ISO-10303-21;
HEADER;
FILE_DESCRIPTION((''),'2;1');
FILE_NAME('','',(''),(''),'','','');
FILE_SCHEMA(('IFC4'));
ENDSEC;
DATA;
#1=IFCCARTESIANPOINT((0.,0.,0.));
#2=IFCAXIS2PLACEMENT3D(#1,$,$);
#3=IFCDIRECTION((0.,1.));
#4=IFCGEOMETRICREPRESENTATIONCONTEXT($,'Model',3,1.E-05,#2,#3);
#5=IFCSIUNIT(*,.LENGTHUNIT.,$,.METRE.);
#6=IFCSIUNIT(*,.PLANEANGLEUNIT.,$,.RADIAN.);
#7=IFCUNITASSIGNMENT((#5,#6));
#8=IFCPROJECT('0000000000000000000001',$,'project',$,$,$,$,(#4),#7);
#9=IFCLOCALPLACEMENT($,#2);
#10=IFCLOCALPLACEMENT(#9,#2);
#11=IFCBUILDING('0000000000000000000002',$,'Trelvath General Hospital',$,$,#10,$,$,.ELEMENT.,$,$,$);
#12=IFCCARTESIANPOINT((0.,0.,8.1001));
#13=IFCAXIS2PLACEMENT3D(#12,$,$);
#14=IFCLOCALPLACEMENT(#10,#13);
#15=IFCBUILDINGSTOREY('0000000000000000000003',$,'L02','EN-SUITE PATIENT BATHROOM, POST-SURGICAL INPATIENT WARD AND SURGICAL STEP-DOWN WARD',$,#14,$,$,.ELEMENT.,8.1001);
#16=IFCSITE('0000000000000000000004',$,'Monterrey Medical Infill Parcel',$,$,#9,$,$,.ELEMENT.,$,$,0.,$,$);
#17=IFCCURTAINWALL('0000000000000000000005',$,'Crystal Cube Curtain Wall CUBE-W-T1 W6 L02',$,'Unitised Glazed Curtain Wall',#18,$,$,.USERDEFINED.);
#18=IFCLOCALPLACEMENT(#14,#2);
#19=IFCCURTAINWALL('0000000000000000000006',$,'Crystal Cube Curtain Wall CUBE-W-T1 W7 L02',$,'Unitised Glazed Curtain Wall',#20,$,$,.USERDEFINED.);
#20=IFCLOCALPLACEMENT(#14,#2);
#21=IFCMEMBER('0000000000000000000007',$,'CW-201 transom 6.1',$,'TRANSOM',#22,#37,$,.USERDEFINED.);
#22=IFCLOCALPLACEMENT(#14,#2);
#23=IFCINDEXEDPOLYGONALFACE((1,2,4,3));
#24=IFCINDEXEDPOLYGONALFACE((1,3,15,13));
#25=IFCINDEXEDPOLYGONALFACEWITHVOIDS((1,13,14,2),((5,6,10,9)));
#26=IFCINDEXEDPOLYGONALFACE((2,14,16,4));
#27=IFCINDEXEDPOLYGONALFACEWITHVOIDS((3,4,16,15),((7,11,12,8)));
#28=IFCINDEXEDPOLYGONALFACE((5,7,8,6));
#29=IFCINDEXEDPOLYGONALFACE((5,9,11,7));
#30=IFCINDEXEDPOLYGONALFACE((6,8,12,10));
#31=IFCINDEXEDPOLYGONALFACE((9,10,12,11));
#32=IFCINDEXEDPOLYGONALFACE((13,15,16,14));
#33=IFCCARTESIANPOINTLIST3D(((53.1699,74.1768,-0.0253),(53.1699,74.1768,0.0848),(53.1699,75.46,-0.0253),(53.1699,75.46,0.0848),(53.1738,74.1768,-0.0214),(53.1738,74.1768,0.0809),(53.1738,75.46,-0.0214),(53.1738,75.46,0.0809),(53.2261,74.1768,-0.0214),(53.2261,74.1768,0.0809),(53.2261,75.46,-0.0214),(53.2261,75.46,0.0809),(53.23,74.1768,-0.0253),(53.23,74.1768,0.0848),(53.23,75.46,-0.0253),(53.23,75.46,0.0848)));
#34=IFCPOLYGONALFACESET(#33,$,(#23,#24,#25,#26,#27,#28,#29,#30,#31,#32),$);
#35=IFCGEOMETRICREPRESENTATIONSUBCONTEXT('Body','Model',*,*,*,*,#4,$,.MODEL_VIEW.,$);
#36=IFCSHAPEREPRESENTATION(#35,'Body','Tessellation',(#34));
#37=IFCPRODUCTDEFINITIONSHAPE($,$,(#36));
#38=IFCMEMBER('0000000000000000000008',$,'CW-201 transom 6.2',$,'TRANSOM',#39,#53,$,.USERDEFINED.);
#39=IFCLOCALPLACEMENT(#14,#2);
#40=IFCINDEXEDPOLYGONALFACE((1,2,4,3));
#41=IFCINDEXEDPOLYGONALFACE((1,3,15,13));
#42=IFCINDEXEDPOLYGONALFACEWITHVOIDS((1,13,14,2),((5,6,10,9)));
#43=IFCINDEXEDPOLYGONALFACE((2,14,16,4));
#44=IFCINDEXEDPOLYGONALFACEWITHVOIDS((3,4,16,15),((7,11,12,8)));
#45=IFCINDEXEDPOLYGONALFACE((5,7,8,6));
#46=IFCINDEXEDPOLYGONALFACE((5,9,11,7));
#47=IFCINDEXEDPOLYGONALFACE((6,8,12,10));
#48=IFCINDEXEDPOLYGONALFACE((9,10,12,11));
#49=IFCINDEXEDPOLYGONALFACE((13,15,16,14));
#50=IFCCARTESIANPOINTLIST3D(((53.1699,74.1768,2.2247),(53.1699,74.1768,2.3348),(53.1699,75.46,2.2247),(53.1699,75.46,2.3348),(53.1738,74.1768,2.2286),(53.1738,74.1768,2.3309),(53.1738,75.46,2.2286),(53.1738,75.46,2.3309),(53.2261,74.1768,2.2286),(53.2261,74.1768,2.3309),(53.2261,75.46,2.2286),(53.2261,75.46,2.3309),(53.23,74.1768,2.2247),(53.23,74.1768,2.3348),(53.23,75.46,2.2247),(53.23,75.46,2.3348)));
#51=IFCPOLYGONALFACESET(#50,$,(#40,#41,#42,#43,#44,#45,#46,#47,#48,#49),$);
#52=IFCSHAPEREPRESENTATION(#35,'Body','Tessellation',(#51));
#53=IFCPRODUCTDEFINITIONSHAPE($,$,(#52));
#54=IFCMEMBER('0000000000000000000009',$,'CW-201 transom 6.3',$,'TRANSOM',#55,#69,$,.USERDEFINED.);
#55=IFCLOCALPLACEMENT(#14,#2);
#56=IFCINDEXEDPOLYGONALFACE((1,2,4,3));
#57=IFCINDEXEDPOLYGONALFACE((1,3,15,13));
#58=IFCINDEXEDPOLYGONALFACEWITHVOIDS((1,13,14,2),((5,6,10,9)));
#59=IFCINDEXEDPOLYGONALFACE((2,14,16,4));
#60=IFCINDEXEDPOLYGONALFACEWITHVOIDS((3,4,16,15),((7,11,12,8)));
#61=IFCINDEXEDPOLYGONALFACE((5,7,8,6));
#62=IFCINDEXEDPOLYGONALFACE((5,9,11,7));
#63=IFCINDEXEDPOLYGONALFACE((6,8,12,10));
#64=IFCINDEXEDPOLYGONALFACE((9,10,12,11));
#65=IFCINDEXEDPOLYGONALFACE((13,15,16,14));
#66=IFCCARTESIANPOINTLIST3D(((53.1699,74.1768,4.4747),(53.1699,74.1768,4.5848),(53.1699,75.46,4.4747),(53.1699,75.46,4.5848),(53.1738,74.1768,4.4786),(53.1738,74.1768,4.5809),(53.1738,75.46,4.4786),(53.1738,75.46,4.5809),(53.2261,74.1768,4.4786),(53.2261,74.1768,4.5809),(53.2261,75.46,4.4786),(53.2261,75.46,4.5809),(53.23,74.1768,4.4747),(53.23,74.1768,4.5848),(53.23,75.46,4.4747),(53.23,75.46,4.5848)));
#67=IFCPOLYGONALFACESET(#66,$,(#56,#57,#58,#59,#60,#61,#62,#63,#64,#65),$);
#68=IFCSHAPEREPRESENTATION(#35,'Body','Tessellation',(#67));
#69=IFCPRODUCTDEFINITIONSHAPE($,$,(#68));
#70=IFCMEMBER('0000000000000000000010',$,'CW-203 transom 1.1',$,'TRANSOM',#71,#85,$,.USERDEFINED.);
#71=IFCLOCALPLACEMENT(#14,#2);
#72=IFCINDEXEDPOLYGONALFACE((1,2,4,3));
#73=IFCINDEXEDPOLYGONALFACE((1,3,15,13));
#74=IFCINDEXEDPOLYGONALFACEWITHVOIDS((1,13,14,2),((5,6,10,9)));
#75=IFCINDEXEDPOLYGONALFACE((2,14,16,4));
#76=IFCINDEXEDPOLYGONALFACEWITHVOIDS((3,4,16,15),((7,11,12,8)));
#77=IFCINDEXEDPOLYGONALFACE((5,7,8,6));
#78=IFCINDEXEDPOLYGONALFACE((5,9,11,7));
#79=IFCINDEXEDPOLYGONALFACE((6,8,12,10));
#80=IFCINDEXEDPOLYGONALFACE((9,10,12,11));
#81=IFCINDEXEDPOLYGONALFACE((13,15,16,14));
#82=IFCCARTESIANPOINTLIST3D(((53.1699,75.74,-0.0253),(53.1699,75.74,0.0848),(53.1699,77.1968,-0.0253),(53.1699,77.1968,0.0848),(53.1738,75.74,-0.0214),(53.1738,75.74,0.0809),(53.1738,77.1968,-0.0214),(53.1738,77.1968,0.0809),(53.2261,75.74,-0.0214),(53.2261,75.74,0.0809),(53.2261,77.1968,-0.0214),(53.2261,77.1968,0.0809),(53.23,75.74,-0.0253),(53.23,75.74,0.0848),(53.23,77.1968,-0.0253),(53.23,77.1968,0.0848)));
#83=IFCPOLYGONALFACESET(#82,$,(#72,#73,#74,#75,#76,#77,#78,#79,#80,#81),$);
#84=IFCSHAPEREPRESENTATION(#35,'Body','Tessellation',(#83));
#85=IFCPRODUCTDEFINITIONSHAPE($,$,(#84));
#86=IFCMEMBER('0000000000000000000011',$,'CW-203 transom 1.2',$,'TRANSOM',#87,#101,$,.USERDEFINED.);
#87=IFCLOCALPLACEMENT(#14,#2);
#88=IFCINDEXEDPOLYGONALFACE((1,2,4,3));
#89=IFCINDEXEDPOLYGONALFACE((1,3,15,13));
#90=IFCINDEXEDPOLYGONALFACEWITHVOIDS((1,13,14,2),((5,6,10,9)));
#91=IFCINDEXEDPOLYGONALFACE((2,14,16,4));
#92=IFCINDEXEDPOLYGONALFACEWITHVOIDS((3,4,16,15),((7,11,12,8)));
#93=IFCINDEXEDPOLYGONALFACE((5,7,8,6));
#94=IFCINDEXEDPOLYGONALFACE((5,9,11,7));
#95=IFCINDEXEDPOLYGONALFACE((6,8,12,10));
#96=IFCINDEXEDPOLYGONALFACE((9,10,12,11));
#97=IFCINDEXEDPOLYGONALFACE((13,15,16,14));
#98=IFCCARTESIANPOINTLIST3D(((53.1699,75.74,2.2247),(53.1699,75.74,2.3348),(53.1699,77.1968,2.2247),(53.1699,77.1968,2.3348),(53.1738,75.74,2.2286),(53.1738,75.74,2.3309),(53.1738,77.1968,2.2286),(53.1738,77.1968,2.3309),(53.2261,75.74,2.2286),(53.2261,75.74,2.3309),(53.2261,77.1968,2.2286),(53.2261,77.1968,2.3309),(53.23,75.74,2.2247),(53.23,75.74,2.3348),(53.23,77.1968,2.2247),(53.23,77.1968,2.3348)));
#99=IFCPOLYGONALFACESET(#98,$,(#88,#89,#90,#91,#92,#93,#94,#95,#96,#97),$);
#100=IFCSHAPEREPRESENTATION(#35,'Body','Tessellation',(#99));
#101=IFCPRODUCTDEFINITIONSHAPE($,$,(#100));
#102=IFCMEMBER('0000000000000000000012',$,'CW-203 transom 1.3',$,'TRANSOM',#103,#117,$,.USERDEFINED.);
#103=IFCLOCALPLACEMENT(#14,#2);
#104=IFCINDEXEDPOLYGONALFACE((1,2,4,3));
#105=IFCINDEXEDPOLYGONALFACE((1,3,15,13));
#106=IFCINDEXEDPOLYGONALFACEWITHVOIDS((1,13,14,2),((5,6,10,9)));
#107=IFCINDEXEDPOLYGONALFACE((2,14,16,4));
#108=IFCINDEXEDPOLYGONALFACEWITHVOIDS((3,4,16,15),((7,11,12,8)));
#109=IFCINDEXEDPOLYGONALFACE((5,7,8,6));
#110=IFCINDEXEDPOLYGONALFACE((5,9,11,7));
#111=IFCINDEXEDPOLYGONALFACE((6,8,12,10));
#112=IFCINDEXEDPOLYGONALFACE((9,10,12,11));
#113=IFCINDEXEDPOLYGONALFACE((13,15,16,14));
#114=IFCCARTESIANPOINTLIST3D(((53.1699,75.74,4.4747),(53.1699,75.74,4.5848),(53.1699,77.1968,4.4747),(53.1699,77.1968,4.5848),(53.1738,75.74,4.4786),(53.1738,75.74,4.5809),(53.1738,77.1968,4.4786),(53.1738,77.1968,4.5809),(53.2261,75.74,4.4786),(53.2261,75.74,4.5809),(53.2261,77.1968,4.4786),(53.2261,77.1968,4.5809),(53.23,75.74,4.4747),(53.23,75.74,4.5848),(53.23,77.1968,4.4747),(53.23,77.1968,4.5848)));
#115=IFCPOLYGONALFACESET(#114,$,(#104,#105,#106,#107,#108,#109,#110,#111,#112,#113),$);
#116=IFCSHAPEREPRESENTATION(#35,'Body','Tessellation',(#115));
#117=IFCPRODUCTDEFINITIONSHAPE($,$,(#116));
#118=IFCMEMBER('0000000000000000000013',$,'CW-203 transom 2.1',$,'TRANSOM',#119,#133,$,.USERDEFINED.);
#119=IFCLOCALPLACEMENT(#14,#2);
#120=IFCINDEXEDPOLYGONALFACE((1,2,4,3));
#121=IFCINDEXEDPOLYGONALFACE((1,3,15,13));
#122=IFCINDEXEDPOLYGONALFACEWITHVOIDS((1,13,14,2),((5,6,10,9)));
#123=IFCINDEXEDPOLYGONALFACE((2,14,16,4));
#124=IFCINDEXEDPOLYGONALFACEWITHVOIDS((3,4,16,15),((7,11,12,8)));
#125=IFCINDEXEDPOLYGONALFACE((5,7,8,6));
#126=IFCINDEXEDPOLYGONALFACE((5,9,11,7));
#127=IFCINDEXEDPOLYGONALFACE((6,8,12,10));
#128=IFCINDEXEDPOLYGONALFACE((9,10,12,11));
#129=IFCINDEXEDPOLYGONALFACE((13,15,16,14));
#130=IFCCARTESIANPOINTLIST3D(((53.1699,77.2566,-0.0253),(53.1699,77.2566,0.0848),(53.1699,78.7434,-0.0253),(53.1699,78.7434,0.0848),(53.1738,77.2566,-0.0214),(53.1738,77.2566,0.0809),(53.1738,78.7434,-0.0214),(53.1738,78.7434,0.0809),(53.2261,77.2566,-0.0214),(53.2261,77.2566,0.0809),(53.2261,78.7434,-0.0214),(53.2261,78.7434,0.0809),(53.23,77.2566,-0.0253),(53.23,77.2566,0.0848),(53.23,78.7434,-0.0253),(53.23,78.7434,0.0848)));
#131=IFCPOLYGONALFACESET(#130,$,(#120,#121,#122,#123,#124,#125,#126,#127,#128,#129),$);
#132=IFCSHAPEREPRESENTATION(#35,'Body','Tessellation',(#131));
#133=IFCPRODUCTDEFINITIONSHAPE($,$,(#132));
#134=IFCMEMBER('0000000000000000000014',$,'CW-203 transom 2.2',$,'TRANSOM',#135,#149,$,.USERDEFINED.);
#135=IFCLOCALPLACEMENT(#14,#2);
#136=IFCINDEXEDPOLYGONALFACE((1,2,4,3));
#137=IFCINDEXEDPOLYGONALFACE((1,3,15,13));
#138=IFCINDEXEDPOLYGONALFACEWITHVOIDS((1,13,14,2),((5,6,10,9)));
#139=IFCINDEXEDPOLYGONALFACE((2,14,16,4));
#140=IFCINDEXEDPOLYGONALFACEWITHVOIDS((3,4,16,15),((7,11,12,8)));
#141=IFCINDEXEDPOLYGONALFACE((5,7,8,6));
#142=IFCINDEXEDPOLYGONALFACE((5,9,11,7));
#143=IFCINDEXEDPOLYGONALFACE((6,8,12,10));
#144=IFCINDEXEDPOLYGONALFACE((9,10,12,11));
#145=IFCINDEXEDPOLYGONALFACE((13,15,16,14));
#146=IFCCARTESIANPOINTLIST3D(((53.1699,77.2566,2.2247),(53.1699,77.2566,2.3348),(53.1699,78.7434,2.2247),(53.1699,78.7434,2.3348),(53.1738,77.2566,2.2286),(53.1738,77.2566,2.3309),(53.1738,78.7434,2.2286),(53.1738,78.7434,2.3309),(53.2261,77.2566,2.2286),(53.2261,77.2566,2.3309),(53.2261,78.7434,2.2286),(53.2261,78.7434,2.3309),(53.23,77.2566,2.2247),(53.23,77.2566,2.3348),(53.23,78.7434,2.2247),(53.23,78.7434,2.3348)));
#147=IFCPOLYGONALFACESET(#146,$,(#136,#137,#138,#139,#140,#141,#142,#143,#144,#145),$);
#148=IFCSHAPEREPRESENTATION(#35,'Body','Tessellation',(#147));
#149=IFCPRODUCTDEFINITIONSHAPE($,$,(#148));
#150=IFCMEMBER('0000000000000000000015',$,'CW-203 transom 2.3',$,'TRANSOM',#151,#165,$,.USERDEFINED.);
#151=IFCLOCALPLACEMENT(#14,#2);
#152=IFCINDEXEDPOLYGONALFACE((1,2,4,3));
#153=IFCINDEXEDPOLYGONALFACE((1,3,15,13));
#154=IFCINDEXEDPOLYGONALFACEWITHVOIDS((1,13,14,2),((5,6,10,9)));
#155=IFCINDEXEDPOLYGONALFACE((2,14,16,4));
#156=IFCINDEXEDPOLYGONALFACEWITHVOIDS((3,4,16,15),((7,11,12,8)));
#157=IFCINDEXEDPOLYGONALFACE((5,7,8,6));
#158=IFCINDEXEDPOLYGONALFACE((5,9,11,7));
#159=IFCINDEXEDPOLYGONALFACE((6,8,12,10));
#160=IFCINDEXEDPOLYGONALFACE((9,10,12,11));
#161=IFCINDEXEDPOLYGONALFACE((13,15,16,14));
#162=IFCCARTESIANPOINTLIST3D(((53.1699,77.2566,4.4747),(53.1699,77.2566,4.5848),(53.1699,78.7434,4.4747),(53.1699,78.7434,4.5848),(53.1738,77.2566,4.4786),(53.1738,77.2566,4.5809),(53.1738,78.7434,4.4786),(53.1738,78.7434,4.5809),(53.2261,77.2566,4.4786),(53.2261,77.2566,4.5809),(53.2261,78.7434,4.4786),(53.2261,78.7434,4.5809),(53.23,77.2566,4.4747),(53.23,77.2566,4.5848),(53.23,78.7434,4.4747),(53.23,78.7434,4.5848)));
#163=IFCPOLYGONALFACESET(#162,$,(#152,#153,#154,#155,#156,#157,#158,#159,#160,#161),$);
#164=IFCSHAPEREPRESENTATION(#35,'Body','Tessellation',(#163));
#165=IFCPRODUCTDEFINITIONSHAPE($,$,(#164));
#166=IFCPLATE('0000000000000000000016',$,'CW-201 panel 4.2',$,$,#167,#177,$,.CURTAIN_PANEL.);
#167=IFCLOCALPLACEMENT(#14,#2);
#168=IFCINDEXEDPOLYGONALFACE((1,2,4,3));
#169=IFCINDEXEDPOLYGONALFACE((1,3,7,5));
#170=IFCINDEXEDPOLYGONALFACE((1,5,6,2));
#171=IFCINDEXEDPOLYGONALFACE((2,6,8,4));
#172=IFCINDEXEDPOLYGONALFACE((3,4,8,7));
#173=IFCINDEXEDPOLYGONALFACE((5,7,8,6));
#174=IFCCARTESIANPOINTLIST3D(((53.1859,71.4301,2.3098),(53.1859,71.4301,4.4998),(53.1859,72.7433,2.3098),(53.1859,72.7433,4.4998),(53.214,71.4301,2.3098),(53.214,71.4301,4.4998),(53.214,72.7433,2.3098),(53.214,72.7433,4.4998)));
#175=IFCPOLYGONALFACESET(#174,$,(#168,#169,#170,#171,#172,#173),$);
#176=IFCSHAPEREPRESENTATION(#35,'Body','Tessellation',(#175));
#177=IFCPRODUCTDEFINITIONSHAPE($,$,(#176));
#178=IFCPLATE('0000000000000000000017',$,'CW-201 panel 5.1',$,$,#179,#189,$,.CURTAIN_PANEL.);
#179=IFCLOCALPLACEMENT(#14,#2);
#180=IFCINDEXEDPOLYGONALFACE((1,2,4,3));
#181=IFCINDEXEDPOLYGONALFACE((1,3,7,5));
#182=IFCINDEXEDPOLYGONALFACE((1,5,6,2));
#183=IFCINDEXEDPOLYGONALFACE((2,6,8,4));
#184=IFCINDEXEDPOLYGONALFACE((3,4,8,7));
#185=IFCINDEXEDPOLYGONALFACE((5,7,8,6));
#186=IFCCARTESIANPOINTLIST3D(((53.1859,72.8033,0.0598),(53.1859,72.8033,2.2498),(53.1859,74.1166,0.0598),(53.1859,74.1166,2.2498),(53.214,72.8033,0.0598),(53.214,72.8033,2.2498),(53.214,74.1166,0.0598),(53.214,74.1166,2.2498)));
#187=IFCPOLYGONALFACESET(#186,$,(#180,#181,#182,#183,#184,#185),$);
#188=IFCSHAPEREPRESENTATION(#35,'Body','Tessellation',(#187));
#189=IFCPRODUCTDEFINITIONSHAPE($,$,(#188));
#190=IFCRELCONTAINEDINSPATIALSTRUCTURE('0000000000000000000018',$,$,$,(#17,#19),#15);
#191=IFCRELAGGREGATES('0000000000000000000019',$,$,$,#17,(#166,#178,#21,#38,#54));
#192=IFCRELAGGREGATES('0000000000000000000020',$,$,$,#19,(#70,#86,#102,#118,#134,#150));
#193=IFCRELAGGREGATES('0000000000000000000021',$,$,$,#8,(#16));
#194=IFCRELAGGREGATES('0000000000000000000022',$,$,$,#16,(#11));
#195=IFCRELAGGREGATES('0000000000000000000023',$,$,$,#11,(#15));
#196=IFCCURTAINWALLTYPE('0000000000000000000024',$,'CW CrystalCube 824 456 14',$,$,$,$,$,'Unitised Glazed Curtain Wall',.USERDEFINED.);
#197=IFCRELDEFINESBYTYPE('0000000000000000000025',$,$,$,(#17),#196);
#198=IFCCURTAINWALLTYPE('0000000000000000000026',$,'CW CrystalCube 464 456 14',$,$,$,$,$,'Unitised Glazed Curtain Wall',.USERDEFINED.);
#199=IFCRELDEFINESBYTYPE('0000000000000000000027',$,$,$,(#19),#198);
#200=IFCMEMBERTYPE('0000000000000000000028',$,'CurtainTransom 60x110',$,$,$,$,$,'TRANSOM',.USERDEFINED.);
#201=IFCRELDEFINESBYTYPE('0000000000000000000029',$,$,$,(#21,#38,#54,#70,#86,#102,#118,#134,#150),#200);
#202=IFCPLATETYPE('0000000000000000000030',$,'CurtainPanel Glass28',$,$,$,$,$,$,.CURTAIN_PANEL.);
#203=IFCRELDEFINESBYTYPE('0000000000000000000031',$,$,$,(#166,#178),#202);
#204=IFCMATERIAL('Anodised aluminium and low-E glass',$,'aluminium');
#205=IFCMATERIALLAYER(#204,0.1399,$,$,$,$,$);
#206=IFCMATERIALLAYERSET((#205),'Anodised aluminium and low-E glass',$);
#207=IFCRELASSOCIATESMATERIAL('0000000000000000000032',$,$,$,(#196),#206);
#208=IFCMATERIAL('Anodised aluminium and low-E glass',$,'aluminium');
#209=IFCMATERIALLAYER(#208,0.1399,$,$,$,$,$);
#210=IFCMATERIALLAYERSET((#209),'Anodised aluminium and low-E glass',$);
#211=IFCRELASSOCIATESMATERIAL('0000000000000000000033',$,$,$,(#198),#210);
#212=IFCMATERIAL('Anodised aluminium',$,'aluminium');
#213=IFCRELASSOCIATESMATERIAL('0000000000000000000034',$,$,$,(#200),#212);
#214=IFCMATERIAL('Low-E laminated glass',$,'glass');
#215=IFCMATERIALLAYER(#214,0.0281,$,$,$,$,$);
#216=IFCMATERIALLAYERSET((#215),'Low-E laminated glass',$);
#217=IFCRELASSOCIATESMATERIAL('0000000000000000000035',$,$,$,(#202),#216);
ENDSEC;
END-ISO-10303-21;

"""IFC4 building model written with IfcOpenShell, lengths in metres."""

from ifc_helpers import new_model, si_unit, direction, frame, origin, origin_2d, place, context, subcontext, project, spatial, rectangle, hollow_rectangle, extrude, material, layer, layer_set, material_profile, profile_set, type_object, element, aggregate, save


model = new_model("IFC4")

# Units and contexts
model_context = context("Model", 3, precision=1e-05, world=origin(), true_north=direction((0.0, 1.0)))
body_context = subcontext(model_context, "Body", "Model", "MODEL_VIEW")
ifc_project = project(units=[si_unit("LENGTHUNIT", "METRE"), si_unit("PLANEANGLEUNIT", "RADIAN")], contexts=[model_context])

# Site, building, storey
site_placement = place(None, origin())
site = spatial("IfcSite", under=ifc_project, at=site_placement, Name="Monterrey Medical Infill Parcel", CompositionType="ELEMENT", RefElevation=0.0)
building_placement = place(site_placement, origin())
building = spatial("IfcBuilding", under=site, at=building_placement, Name="Trelvath General Hospital", CompositionType="ELEMENT")
storey_placement = place(building_placement, frame((0.0, 0.0, 8.1001)))
storey = spatial("IfcBuildingStorey", under=building, at=storey_placement, Name="L02", Description="EN-SUITE PATIENT BATHROOM, POST-SURGICAL INPATIENT WARD AND SURGICAL STEP-DOWN WARD", CompositionType="ELEMENT", Elevation=8.1001)

# Curtain walls
ifc_material_1 = material(Name="Anodised aluminium and low-E glass", Category="aluminium")
ifc_layer_1 = layer(ifc_material_1, 0.1399)
ifc_layer_set_1 = layer_set([ifc_layer_1], Name="Anodised aluminium and low-E glass")
curtain_wall_type_1 = type_object("IfcCurtainWallType", Name="CW CrystalCube 824 456 14", ElementType="Unitised Glazed Curtain Wall", PredefinedType="USERDEFINED", material=ifc_layer_set_1)
curtain_wall_1_placement = place(storey_placement, origin())
curtain_wall_1 = element("IfcCurtainWall", 1, at=curtain_wall_1_placement, inside=storey, type_object=curtain_wall_type_1, Name="Crystal Cube Curtain Wall CUBE-W-T1 W6 L02", ObjectType="Unitised Glazed Curtain Wall", PredefinedType="USERDEFINED")
ifc_material_2 = material(Name="Anodised aluminium and low-E glass", Category="aluminium")
ifc_layer_2 = layer(ifc_material_2, 0.1399)
ifc_layer_set_2 = layer_set([ifc_layer_2], Name="Anodised aluminium and low-E glass")
curtain_wall_type_2 = type_object("IfcCurtainWallType", Name="CW CrystalCube 464 456 14", ElementType="Unitised Glazed Curtain Wall", PredefinedType="USERDEFINED", material=ifc_layer_set_2)
curtain_wall_2_placement = place(storey_placement, origin())
curtain_wall_2 = element("IfcCurtainWall", 2, at=curtain_wall_2_placement, inside=storey, type_object=curtain_wall_type_2, Name="Crystal Cube Curtain Wall CUBE-W-T1 W7 L02", ObjectType="Unitised Glazed Curtain Wall", PredefinedType="USERDEFINED")

# Members
ifc_material_3 = material(Name="Anodised aluminium", Category="aluminium")
ifc_material_profile_1 = material_profile(ifc_material_3, hollow_rectangle(XDim=0.0601, YDim=0.1101, WallThickness=0.0039, at=origin_2d()), Name="RHS60x110x4")
ifc_profile_set_1 = profile_set([ifc_material_profile_1], Name="Anodised aluminium")
member_type_1 = type_object("IfcMemberType", Name="CurtainTransom 60x110", ElementType="TRANSOM", PredefinedType="USERDEFINED", material=ifc_profile_set_1)
member_1_placement = place(storey_placement, frame((53.2, 74.1768, 0.0298), z_axis=(0.0, 1.0, 0.0), x_axis=(-1.0, 0.0, 0.0)))
member_1 = element("IfcMember", 3, at=member_1_placement, type_object=member_type_1, Name="CW-201 transom 6.1", ObjectType="TRANSOM", PredefinedType="USERDEFINED", context=body_context, shape_type="SweptSolid", body=[
    extrude(hollow_rectangle(XDim=0.0601, YDim=0.1101, WallThickness=0.0039, at=origin_2d()), origin(), (0.0, 0.0, 1.0), 1.2832),
])
member_2_placement = place(storey_placement, frame((53.2, 74.1768, 2.2798), z_axis=(0.0, 1.0, 0.0), x_axis=(-1.0, 0.0, 0.0)))
member_2 = element("IfcMember", 4, at=member_2_placement, type_object=member_type_1, Name="CW-201 transom 6.2", ObjectType="TRANSOM", PredefinedType="USERDEFINED", context=body_context, shape_type="SweptSolid", body=[
    extrude(hollow_rectangle(XDim=0.0601, YDim=0.1101, WallThickness=0.0039, at=origin_2d()), origin(), (0.0, 0.0, 1.0), 1.2832),
])
member_3_placement = place(storey_placement, frame((53.2, 74.1768, 4.5298), z_axis=(0.0, 1.0, 0.0), x_axis=(-1.0, 0.0, 0.0)))
member_3 = element("IfcMember", 5, at=member_3_placement, type_object=member_type_1, Name="CW-201 transom 6.3", ObjectType="TRANSOM", PredefinedType="USERDEFINED", context=body_context, shape_type="SweptSolid", body=[
    extrude(hollow_rectangle(XDim=0.0601, YDim=0.1101, WallThickness=0.0039, at=origin_2d()), origin(), (0.0, 0.0, 1.0), 1.2832),
])
member_4_placement = place(storey_placement, frame((53.2, 75.74, 0.0298), z_axis=(0.0, 1.0, 0.0), x_axis=(-1.0, 0.0, 0.0)))
member_4 = element("IfcMember", 6, at=member_4_placement, type_object=member_type_1, Name="CW-203 transom 1.1", ObjectType="TRANSOM", PredefinedType="USERDEFINED", context=body_context, shape_type="SweptSolid", body=[
    extrude(hollow_rectangle(XDim=0.0601, YDim=0.1101, WallThickness=0.0039, at=origin_2d()), origin(), (0.0, 0.0, 1.0), 1.4568),
])
member_5_placement = place(storey_placement, frame((53.2, 75.74, 2.2798), z_axis=(0.0, 1.0, 0.0), x_axis=(-1.0, 0.0, 0.0)))
member_5 = element("IfcMember", 7, at=member_5_placement, type_object=member_type_1, Name="CW-203 transom 1.2", ObjectType="TRANSOM", PredefinedType="USERDEFINED", context=body_context, shape_type="SweptSolid", body=[
    extrude(hollow_rectangle(XDim=0.0601, YDim=0.1101, WallThickness=0.0039, at=origin_2d()), origin(), (0.0, 0.0, 1.0), 1.4568),
])
member_6_placement = place(storey_placement, frame((53.2, 75.74, 4.5298), z_axis=(0.0, 1.0, 0.0), x_axis=(-1.0, 0.0, 0.0)))
member_6 = element("IfcMember", 8, at=member_6_placement, type_object=member_type_1, Name="CW-203 transom 1.3", ObjectType="TRANSOM", PredefinedType="USERDEFINED", context=body_context, shape_type="SweptSolid", body=[
    extrude(hollow_rectangle(XDim=0.0601, YDim=0.1101, WallThickness=0.0039, at=origin_2d()), origin(), (0.0, 0.0, 1.0), 1.4568),
])
member_7_placement = place(storey_placement, frame((53.2, 77.2566, 0.0298), z_axis=(0.0, 1.0, 0.0), x_axis=(-1.0, 0.0, 0.0)))
member_7 = element("IfcMember", 9, at=member_7_placement, type_object=member_type_1, Name="CW-203 transom 2.1", ObjectType="TRANSOM", PredefinedType="USERDEFINED", context=body_context, shape_type="SweptSolid", body=[
    extrude(hollow_rectangle(XDim=0.0601, YDim=0.1101, WallThickness=0.0039, at=origin_2d()), origin(), (0.0, 0.0, 1.0), 1.4868),
])
member_8_placement = place(storey_placement, frame((53.2, 77.2566, 2.2798), z_axis=(0.0, 1.0, 0.0), x_axis=(-1.0, 0.0, 0.0)))
member_8 = element("IfcMember", 10, at=member_8_placement, type_object=member_type_1, Name="CW-203 transom 2.2", ObjectType="TRANSOM", PredefinedType="USERDEFINED", context=body_context, shape_type="SweptSolid", body=[
    extrude(hollow_rectangle(XDim=0.0601, YDim=0.1101, WallThickness=0.0039, at=origin_2d()), origin(), (0.0, 0.0, 1.0), 1.4868),
])
member_9_placement = place(storey_placement, frame((53.2, 77.2566, 4.5298), z_axis=(0.0, 1.0, 0.0), x_axis=(-1.0, 0.0, 0.0)))
member_9 = element("IfcMember", 11, at=member_9_placement, type_object=member_type_1, Name="CW-203 transom 2.3", ObjectType="TRANSOM", PredefinedType="USERDEFINED", context=body_context, shape_type="SweptSolid", body=[
    extrude(hollow_rectangle(XDim=0.0601, YDim=0.1101, WallThickness=0.0039, at=origin_2d()), origin(), (0.0, 0.0, 1.0), 1.4868),
])

# Plates
ifc_material_4 = material(Name="Low-E laminated glass", Category="glass")
ifc_layer_3 = layer(ifc_material_4, 0.0281)
ifc_layer_set_3 = layer_set([ifc_layer_3], Name="Low-E laminated glass")
plate_type = type_object("IfcPlateType", Name="CurtainPanel Glass28", PredefinedType="CURTAIN_PANEL", material=ifc_layer_set_3)
plate_1_placement = place(storey_placement, frame((53.2, 72.0867, 2.3098), z_axis=(0.0, 0.0, 1.0), x_axis=(0.0, 1.0, 0.0)))
plate_1 = element("IfcPlate", 12, at=plate_1_placement, type_object=plate_type, Name="CW-201 panel 4.2", PredefinedType="CURTAIN_PANEL", context=body_context, shape_type="SweptSolid", body=[
    extrude(rectangle(XDim=1.3132, YDim=0.0281, at=origin_2d()), origin(), (0.0, 0.0, 1.0), 2.1899),
])
plate_2_placement = place(storey_placement, frame((53.2, 73.46, 0.0598), z_axis=(0.0, 0.0, 1.0), x_axis=(0.0, 1.0, 0.0)))
plate_2 = element("IfcPlate", 13, at=plate_2_placement, type_object=plate_type, Name="CW-201 panel 5.1", PredefinedType="CURTAIN_PANEL", context=body_context, shape_type="SweptSolid", body=[
    extrude(rectangle(XDim=1.3132, YDim=0.0281, at=origin_2d()), origin(), (0.0, 0.0, 1.0), 2.1899),
])
aggregate(curtain_wall_1, [plate_1, plate_2, member_1, member_2, member_3])
aggregate(curtain_wall_2, [member_4, member_5, member_6, member_7, member_8, member_9])

save(model, "model.ifc")
